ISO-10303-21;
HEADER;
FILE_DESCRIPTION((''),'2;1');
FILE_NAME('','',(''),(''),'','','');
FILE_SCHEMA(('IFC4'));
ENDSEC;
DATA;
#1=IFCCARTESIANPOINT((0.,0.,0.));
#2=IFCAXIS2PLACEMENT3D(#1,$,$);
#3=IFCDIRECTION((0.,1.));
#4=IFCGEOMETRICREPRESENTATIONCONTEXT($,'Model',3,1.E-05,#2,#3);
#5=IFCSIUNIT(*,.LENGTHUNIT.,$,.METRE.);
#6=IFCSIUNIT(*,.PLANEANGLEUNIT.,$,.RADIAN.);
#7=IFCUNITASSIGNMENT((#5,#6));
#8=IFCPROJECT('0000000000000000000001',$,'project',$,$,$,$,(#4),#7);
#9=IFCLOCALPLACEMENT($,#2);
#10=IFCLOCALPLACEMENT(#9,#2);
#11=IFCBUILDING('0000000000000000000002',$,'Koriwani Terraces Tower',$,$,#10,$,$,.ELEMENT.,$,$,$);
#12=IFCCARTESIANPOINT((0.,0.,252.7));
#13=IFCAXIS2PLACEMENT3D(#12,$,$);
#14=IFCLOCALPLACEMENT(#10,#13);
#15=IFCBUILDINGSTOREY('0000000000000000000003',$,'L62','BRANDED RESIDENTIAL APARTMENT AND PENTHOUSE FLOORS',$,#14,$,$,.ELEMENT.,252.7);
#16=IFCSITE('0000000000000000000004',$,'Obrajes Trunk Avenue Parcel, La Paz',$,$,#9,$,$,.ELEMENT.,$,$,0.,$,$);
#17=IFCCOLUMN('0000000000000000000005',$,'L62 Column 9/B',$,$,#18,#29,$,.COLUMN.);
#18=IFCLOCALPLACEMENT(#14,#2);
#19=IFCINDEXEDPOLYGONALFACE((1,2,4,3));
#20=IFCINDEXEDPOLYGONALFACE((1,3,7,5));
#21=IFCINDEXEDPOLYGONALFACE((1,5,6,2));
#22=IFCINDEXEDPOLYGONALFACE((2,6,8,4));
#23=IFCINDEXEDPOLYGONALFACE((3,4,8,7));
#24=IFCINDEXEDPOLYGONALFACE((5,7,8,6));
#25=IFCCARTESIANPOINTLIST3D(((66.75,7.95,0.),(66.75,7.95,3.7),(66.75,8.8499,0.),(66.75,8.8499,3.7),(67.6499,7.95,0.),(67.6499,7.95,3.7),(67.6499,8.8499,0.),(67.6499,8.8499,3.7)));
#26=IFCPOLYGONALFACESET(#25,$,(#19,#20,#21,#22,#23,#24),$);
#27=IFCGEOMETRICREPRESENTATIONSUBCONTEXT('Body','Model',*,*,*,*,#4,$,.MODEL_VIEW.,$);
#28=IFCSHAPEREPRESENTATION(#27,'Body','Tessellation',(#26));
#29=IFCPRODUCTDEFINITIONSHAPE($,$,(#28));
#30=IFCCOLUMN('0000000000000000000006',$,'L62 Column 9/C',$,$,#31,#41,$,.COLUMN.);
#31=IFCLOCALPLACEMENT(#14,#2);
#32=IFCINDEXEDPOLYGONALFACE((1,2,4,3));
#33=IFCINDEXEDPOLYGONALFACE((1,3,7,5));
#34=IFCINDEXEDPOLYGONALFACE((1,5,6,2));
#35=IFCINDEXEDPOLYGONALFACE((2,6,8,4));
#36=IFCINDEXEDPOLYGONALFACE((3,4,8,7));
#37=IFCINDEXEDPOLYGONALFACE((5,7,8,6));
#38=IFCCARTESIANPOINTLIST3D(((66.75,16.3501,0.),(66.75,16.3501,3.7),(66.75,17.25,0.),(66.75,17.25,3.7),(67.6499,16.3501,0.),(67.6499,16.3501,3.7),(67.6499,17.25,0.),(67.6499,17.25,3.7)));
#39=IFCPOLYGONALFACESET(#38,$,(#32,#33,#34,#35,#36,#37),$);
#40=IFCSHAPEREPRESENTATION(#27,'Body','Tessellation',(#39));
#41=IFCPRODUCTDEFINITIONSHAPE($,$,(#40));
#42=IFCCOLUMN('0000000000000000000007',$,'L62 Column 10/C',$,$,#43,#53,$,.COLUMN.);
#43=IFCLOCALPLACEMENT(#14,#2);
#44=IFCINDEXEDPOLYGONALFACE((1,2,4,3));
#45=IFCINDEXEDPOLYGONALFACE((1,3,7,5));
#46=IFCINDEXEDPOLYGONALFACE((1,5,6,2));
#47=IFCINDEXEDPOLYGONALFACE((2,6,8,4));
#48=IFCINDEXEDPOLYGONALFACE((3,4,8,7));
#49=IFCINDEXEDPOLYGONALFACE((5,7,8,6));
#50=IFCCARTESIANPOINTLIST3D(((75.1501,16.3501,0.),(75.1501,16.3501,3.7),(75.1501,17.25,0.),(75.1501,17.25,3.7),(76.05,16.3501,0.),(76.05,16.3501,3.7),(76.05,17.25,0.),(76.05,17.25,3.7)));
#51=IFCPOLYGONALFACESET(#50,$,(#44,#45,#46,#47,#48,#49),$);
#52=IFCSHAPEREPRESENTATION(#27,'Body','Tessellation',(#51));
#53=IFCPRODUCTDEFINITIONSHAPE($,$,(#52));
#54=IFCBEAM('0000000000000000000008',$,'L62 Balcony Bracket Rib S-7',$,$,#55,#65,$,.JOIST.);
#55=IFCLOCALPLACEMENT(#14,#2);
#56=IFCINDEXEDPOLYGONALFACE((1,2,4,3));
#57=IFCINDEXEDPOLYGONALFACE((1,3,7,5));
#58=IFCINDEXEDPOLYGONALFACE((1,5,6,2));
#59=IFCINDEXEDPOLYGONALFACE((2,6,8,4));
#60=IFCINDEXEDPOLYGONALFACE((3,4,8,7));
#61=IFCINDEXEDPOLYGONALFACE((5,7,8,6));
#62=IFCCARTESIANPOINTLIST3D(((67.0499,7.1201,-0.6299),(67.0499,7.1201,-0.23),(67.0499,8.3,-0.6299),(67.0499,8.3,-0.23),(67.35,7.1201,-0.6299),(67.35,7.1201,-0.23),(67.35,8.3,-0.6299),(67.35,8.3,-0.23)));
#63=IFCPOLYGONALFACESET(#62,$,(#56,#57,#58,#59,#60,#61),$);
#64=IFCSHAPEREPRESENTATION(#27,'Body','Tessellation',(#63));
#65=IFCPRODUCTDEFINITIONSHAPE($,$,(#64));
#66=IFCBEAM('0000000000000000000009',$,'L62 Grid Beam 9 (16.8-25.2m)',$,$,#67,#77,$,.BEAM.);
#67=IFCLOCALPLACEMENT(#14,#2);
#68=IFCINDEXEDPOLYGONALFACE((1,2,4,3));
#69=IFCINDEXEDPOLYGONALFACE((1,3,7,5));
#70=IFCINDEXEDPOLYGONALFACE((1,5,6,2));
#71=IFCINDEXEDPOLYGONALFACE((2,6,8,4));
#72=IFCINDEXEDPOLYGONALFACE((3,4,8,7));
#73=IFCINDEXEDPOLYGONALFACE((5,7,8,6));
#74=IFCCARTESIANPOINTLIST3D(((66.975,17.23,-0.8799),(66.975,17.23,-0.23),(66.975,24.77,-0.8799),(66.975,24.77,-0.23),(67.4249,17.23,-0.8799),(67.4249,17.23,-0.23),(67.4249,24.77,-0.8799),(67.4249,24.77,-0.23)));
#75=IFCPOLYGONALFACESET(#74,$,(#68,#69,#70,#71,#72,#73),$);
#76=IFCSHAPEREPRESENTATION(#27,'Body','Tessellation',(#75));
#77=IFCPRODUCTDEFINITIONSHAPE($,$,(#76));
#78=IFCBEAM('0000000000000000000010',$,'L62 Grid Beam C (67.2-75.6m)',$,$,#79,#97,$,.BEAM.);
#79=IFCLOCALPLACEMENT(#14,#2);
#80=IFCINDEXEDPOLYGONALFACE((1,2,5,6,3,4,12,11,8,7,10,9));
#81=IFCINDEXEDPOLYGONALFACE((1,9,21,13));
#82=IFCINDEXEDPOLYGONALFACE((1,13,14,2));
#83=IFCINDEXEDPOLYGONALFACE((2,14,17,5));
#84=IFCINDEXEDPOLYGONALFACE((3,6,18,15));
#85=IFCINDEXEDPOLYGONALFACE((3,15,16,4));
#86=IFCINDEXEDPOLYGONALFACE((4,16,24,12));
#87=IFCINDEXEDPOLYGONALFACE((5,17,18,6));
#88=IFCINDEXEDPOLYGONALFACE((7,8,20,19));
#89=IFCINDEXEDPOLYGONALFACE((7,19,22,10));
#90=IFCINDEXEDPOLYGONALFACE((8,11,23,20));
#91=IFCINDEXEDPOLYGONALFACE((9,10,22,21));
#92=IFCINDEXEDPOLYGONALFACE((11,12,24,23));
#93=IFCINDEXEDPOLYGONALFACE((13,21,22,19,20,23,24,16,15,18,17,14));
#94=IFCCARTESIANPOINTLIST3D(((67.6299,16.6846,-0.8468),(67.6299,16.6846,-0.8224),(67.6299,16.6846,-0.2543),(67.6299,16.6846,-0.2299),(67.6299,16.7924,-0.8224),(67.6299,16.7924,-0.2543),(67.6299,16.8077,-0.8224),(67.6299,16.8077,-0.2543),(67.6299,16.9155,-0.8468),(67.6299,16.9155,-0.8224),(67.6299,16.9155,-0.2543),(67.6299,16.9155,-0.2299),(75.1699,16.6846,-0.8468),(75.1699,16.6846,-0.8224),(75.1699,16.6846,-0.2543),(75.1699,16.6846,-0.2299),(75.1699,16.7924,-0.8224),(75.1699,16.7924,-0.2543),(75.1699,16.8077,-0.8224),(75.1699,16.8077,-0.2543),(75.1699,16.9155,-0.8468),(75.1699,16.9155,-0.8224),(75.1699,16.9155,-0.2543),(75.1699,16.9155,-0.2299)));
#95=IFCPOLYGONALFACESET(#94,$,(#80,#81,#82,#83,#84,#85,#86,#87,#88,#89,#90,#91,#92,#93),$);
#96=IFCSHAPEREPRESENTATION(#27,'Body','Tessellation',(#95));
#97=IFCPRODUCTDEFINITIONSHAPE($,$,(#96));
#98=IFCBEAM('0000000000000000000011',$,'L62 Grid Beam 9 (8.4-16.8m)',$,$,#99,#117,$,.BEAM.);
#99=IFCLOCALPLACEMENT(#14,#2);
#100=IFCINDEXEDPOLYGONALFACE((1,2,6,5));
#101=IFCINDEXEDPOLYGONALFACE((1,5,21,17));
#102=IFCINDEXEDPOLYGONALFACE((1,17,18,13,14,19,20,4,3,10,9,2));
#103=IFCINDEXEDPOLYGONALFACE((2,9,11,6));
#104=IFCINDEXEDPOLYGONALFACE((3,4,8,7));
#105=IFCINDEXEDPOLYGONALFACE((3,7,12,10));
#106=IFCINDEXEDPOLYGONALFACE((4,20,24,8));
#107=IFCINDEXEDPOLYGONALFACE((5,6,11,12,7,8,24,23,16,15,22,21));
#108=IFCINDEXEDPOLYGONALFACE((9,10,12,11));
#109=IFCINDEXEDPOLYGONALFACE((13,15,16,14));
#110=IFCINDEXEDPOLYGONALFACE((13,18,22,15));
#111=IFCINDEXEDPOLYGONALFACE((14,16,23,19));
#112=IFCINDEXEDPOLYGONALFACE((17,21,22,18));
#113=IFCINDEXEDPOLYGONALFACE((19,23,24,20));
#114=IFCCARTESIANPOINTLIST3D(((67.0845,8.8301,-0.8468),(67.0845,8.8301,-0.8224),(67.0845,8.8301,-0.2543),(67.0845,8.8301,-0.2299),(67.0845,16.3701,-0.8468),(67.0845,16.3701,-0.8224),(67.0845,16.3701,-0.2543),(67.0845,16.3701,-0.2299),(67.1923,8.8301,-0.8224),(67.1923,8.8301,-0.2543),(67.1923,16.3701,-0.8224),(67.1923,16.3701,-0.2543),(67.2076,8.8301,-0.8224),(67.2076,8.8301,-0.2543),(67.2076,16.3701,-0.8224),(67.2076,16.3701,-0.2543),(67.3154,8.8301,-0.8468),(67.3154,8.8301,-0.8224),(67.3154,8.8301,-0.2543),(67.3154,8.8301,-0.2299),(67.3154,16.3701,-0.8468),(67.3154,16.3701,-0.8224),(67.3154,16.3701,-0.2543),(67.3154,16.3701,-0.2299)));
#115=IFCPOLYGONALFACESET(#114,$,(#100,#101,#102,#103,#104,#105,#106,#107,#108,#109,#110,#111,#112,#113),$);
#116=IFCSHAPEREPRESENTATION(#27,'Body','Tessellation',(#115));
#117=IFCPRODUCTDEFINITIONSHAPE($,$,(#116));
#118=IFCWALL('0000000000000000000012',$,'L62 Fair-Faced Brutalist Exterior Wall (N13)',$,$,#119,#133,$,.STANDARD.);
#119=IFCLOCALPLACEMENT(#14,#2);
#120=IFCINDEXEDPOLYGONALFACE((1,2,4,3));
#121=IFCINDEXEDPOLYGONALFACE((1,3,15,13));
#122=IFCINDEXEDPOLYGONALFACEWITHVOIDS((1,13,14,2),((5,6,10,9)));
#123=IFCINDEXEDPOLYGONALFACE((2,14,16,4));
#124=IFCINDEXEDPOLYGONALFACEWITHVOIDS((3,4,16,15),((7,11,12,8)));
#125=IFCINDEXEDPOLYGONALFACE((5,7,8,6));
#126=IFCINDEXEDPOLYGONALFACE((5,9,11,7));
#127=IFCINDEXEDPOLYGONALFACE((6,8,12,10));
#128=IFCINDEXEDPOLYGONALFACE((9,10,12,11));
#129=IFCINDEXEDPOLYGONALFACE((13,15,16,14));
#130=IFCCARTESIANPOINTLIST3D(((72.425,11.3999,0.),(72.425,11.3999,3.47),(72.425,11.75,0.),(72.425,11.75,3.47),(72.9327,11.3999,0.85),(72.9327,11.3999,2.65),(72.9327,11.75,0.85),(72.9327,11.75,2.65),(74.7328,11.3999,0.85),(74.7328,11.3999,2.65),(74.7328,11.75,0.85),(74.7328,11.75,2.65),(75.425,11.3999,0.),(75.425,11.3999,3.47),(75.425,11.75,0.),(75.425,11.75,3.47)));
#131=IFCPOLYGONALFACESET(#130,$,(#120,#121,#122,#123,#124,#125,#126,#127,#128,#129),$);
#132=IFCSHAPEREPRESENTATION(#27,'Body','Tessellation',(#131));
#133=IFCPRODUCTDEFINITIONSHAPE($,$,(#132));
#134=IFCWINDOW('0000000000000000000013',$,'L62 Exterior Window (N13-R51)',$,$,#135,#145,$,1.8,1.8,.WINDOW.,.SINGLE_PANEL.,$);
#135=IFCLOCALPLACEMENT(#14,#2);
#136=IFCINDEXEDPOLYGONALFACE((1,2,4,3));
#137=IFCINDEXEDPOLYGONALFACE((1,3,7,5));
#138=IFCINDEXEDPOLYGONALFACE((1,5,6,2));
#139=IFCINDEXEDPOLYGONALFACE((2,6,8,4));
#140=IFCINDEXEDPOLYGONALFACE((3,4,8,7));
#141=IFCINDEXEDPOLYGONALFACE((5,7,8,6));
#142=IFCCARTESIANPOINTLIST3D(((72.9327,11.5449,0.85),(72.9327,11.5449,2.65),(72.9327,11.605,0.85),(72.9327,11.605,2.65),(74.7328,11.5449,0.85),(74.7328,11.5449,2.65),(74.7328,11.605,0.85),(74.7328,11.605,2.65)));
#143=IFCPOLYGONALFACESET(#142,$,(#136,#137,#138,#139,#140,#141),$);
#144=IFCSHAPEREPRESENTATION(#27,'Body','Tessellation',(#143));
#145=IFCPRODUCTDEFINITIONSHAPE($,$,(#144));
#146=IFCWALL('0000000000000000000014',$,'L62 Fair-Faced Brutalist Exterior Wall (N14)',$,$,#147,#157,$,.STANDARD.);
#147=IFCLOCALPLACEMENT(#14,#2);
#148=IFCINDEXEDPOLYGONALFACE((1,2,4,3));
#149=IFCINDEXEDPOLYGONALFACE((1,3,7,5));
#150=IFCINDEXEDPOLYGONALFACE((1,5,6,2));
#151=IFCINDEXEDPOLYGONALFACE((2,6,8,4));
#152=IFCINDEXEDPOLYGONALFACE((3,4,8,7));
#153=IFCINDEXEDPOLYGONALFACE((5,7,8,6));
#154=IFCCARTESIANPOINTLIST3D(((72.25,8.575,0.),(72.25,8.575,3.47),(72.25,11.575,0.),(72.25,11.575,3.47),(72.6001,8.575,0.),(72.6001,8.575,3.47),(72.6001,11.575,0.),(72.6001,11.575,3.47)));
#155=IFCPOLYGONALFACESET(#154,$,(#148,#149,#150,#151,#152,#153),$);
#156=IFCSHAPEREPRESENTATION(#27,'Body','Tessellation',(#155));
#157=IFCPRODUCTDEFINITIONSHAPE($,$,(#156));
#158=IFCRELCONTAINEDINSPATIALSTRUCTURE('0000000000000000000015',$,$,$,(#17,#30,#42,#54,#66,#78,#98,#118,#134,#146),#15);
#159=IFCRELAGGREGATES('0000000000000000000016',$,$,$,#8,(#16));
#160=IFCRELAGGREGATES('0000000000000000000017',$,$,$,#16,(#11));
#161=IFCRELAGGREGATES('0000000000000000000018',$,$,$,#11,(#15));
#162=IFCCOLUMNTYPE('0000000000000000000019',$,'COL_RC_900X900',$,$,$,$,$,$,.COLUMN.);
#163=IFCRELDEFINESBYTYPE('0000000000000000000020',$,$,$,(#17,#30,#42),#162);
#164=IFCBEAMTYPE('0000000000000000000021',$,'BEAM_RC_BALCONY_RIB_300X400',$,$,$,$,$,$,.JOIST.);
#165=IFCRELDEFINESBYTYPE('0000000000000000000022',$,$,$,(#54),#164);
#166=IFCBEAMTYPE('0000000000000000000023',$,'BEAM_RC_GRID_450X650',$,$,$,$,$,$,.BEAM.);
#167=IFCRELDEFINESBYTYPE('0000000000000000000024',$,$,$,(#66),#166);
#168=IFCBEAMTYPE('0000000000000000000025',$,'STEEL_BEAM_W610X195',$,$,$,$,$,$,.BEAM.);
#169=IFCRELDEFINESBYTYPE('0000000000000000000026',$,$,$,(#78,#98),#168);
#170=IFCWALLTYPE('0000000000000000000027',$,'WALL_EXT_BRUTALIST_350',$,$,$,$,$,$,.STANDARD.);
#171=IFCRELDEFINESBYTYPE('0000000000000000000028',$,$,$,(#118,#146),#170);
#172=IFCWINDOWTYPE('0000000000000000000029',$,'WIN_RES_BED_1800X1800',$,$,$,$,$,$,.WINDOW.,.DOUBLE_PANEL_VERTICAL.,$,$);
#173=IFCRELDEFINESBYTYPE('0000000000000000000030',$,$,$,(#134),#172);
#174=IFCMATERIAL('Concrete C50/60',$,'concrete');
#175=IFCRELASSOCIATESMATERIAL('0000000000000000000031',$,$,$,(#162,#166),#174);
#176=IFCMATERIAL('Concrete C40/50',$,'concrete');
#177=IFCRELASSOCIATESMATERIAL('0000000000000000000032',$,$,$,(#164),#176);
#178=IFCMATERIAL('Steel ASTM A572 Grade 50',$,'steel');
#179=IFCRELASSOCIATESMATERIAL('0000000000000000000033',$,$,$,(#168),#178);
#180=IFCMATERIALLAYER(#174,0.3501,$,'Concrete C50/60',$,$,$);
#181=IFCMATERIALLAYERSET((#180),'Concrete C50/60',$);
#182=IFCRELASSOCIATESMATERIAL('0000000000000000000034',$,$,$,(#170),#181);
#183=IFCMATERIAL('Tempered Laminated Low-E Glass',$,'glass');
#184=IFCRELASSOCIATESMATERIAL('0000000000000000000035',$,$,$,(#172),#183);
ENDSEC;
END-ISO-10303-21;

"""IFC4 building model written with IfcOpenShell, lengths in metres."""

from ifc_helpers import new_model, si_unit, direction, frame, frame_2d, origin, origin_2d, place, context, subcontext, project, spatial, rectangle, i_section, extrude, material, layer, layer_set, material_profile, profile_set, type_object, element, fill, save


model = new_model("IFC4")

# Units and contexts
model_context = context("Model", 3, precision=1e-05, world=origin(), true_north=direction((0.0, 1.0)))
body_context = subcontext(model_context, "Body", "Model", "MODEL_VIEW")
ifc_project = project(units=[si_unit("LENGTHUNIT", "METRE"), si_unit("PLANEANGLEUNIT", "RADIAN")], contexts=[model_context])

# Site, building, storey
site_placement = place(None, origin())
site = spatial("IfcSite", under=ifc_project, at=site_placement, Name="Obrajes Trunk Avenue Parcel, La Paz", CompositionType="ELEMENT", RefElevation=0.0)
building_placement = place(site_placement, origin())
building = spatial("IfcBuilding", under=site, at=building_placement, Name="Koriwani Terraces Tower", CompositionType="ELEMENT")
storey_placement = place(building_placement, frame((0.0, 0.0, 252.7)))
storey = spatial("IfcBuildingStorey", under=building, at=storey_placement, Name="L62", Description="BRANDED RESIDENTIAL APARTMENT AND PENTHOUSE FLOORS", CompositionType="ELEMENT", Elevation=252.7)

# Columns
ifc_material_1 = material(Name="Concrete C50/60", Category="concrete")
ifc_material_profile_1 = material_profile(ifc_material_1, rectangle(XDim=0.8999, YDim=0.8999, at=origin_2d()), Name="Concrete C50/60", Category="LoadBearing")
ifc_profile_set_1 = profile_set([ifc_material_profile_1], Name="Concrete C50/60")
column_type = type_object("IfcColumnType", Name="COL_RC_900X900", PredefinedType="COLUMN", material=ifc_profile_set_1)
for number, where, z_axis, x_axis, name in (
    (1, (67.2, 8.3999, 0.0), (0.0, 0.0, 1.0), (1.0, 0.0, 0.0), "L62 Column 9/B"),
    (2, (67.2, 16.8, 0.0), (0.0, 0.0, 1.0), (1.0, 0.0, 0.0), "L62 Column 9/C"),
    (3, (75.6001, 16.8, 0.0), (0.0, 0.0, 1.0), (1.0, 0.0, 0.0), "L62 Column 10/C"),
):
    element("IfcColumn", number, at=place(storey_placement, frame(where, z_axis=z_axis, x_axis=x_axis)), inside=storey, type_object=column_type, Name=name, PredefinedType="COLUMN", context=body_context, shape_type="SweptSolid", body=[
        extrude(rectangle(XDim=0.8999, YDim=0.8999, at=origin_2d()), origin(), (0.0, 0.0, 1.0), 3.7),
    ])

# Beams
ifc_material_2 = material(Name="Concrete C40/50", Category="concrete")
ifc_material_profile_2 = material_profile(ifc_material_2, rectangle(XDim=0.3, YDim=0.3999, at=origin_2d()), Name="Concrete C40/50", Category="LoadBearing")
ifc_profile_set_2 = profile_set([ifc_material_profile_2], Name="Concrete C40/50")
beam_type_1 = type_object("IfcBeamType", Name="BEAM_RC_BALCONY_RIB_300X400", PredefinedType="JOIST", material=ifc_profile_set_2)
beam_1_placement = place(storey_placement, frame((67.2, 7.1201, -0.4299), z_axis=(0.0, 1.0, 0.0), x_axis=(-1.0, 0.0, 0.0)))
element("IfcBeam", 4, at=beam_1_placement, inside=storey, type_object=beam_type_1, Name="L62 Balcony Bracket Rib S-7", PredefinedType="JOIST", context=body_context, shape_type="SweptSolid", body=[
    extrude(rectangle(XDim=0.3, YDim=0.3999, at=origin_2d()), origin(), (0.0, 0.0, 1.0), 1.1799),
])
ifc_material_profile_3 = material_profile(ifc_material_1, rectangle(XDim=0.45, YDim=0.6499, at=origin_2d()), Name="Concrete C50/60", Category="LoadBearing")
ifc_profile_set_3 = profile_set([ifc_material_profile_3], Name="Concrete C50/60")
beam_type_2 = type_object("IfcBeamType", Name="BEAM_RC_GRID_450X650", PredefinedType="BEAM", material=ifc_profile_set_3)
beam_2_placement = place(storey_placement, frame((67.2, 17.23, -0.5549), z_axis=(0.0, 1.0, 0.0), x_axis=(-1.0, 0.0, 0.0)))
element("IfcBeam", 5, at=beam_2_placement, inside=storey, type_object=beam_type_2, Name="L62 Grid Beam 9 (16.8-25.2m)", PredefinedType="BEAM", context=body_context, shape_type="SweptSolid", body=[
    extrude(rectangle(XDim=0.45, YDim=0.6499, at=origin_2d()), origin(), (0.0, 0.0, 1.0), 7.54),
])
ifc_material_3 = material(Name="Steel ASTM A572 Grade 50", Category="steel")
ifc_material_profile_4 = material_profile(ifc_material_3, i_section(OverallWidth=0.231, OverallDepth=0.6169, WebThickness=0.0154, FlangeThickness=0.0244, at=origin_2d()), Name="Steel ASTM A572 Grade 50", Category="LoadBearing")
ifc_profile_set_4 = profile_set([ifc_material_profile_4], Name="Steel ASTM A572 Grade 50")
beam_type_3 = type_object("IfcBeamType", Name="STEEL_BEAM_W610X195", PredefinedType="BEAM", material=ifc_profile_set_4)
for number, where, z_axis, x_axis, name in (
    (6, (67.6299, 16.8, -0.5383), (1.0, 0.0, 0.0), (0.0, 1.0, 0.0), "L62 Grid Beam C (67.2-75.6m)"),
    (7, (67.2, 8.8301, -0.5383), (0.0, 1.0, 0.0), (-1.0, 0.0, 0.0), "L62 Grid Beam 9 (8.4-16.8m)"),
):
    element("IfcBeam", number, at=place(storey_placement, frame(where, z_axis=z_axis, x_axis=x_axis)), inside=storey, type_object=beam_type_3, Name=name, PredefinedType="BEAM", context=body_context, shape_type="SweptSolid", body=[
        extrude(i_section(OverallWidth=0.231, OverallDepth=0.6169, WebThickness=0.0154, FlangeThickness=0.0244, at=origin_2d()), origin(), (0.0, 0.0, 1.0), 7.54),
    ])

# Wall, opening, window
ifc_layer_1 = layer(ifc_material_1, 0.3501, Name="Concrete C50/60")
ifc_layer_set_1 = layer_set([ifc_layer_1], Name="Concrete C50/60")
wall_type_1 = type_object("IfcWallType", Name="WALL_EXT_BRUTALIST_350", PredefinedType="STANDARD", material=ifc_layer_set_1)
wall_1_placement = place(storey_placement, frame((75.425, 11.575, 0.0), z_axis=(0.0, 0.0, 1.0), x_axis=(-1.0, 0.0, 0.0)))
wall_1 = element("IfcWall", 8, at=wall_1_placement, inside=storey, type_object=wall_type_1, Name="L62 Fair-Faced Brutalist Exterior Wall (N13)", PredefinedType="STANDARD", context=body_context, shape_type="SweptSolid", body=[
    extrude(rectangle(XDim=3.0, YDim=0.3501, at=frame_2d((1.5, 0.0))), origin(), (0.0, 0.0, 1.0), 3.47),
])
opening_1_placement = place(wall_1_placement, frame((0.6924, 0.0, 0.8501)))
opening_1 = element("IfcOpeningElement", 9, at=opening_1_placement, cuts=wall_1, PredefinedType="OPENING", context=body_context, shape_type="SweptSolid", body=[
    extrude(rectangle(XDim=1.8, YDim=1.8, at=frame_2d((0.8999, 0.8999))), frame((0.0, 0.1851, 0.0), z_axis=(0.0, -1.0, 0.0), x_axis=(1.0, 0.0, 0.0)), (0.0, 0.0, 1.0), 0.3701),
])
ifc_material_4 = material(Name="Tempered Laminated Low-E Glass", Category="glass")
window_type_1 = type_object("IfcWindowType", Name="WIN_RES_BED_1800X1800", PartitioningType="DOUBLE_PANEL_VERTICAL", PredefinedType="WINDOW", material=ifc_material_4)
window_1_placement = place(opening_1_placement, origin())
window_1 = element("IfcWindow", 10, at=window_1_placement, inside=storey, type_object=window_type_1, Name="L62 Exterior Window (N13-R51)", OverallHeight=1.8, OverallWidth=1.8, PartitioningType="SINGLE_PANEL", PredefinedType="WINDOW", context=body_context, shape_type="SweptSolid", body=[
    extrude(rectangle(XDim=1.8, YDim=1.8, at=frame_2d((0.8999, 0.8999))), frame((0.0, 0.03, 0.0), z_axis=(0.0, -1.0, 0.0), x_axis=(1.0, 0.0, 0.0)), (0.0, 0.0, 1.0), 0.0601),
])
fill(opening_1, window_1)

# Wall
wall_2_placement = place(storey_placement, frame((72.425, 11.575, 0.0), z_axis=(0.0, 0.0, 1.0), x_axis=(0.0, -1.0, 0.0)))
element("IfcWall", 11, at=wall_2_placement, inside=storey, type_object=wall_type_1, Name="L62 Fair-Faced Brutalist Exterior Wall (N14)", PredefinedType="STANDARD", context=body_context, shape_type="SweptSolid", body=[
    extrude(rectangle(XDim=3.0, YDim=0.3501, at=frame_2d((1.5, 0.0))), origin(), (0.0, 0.0, 1.0), 3.47),
])

save(model, "model.ifc")
